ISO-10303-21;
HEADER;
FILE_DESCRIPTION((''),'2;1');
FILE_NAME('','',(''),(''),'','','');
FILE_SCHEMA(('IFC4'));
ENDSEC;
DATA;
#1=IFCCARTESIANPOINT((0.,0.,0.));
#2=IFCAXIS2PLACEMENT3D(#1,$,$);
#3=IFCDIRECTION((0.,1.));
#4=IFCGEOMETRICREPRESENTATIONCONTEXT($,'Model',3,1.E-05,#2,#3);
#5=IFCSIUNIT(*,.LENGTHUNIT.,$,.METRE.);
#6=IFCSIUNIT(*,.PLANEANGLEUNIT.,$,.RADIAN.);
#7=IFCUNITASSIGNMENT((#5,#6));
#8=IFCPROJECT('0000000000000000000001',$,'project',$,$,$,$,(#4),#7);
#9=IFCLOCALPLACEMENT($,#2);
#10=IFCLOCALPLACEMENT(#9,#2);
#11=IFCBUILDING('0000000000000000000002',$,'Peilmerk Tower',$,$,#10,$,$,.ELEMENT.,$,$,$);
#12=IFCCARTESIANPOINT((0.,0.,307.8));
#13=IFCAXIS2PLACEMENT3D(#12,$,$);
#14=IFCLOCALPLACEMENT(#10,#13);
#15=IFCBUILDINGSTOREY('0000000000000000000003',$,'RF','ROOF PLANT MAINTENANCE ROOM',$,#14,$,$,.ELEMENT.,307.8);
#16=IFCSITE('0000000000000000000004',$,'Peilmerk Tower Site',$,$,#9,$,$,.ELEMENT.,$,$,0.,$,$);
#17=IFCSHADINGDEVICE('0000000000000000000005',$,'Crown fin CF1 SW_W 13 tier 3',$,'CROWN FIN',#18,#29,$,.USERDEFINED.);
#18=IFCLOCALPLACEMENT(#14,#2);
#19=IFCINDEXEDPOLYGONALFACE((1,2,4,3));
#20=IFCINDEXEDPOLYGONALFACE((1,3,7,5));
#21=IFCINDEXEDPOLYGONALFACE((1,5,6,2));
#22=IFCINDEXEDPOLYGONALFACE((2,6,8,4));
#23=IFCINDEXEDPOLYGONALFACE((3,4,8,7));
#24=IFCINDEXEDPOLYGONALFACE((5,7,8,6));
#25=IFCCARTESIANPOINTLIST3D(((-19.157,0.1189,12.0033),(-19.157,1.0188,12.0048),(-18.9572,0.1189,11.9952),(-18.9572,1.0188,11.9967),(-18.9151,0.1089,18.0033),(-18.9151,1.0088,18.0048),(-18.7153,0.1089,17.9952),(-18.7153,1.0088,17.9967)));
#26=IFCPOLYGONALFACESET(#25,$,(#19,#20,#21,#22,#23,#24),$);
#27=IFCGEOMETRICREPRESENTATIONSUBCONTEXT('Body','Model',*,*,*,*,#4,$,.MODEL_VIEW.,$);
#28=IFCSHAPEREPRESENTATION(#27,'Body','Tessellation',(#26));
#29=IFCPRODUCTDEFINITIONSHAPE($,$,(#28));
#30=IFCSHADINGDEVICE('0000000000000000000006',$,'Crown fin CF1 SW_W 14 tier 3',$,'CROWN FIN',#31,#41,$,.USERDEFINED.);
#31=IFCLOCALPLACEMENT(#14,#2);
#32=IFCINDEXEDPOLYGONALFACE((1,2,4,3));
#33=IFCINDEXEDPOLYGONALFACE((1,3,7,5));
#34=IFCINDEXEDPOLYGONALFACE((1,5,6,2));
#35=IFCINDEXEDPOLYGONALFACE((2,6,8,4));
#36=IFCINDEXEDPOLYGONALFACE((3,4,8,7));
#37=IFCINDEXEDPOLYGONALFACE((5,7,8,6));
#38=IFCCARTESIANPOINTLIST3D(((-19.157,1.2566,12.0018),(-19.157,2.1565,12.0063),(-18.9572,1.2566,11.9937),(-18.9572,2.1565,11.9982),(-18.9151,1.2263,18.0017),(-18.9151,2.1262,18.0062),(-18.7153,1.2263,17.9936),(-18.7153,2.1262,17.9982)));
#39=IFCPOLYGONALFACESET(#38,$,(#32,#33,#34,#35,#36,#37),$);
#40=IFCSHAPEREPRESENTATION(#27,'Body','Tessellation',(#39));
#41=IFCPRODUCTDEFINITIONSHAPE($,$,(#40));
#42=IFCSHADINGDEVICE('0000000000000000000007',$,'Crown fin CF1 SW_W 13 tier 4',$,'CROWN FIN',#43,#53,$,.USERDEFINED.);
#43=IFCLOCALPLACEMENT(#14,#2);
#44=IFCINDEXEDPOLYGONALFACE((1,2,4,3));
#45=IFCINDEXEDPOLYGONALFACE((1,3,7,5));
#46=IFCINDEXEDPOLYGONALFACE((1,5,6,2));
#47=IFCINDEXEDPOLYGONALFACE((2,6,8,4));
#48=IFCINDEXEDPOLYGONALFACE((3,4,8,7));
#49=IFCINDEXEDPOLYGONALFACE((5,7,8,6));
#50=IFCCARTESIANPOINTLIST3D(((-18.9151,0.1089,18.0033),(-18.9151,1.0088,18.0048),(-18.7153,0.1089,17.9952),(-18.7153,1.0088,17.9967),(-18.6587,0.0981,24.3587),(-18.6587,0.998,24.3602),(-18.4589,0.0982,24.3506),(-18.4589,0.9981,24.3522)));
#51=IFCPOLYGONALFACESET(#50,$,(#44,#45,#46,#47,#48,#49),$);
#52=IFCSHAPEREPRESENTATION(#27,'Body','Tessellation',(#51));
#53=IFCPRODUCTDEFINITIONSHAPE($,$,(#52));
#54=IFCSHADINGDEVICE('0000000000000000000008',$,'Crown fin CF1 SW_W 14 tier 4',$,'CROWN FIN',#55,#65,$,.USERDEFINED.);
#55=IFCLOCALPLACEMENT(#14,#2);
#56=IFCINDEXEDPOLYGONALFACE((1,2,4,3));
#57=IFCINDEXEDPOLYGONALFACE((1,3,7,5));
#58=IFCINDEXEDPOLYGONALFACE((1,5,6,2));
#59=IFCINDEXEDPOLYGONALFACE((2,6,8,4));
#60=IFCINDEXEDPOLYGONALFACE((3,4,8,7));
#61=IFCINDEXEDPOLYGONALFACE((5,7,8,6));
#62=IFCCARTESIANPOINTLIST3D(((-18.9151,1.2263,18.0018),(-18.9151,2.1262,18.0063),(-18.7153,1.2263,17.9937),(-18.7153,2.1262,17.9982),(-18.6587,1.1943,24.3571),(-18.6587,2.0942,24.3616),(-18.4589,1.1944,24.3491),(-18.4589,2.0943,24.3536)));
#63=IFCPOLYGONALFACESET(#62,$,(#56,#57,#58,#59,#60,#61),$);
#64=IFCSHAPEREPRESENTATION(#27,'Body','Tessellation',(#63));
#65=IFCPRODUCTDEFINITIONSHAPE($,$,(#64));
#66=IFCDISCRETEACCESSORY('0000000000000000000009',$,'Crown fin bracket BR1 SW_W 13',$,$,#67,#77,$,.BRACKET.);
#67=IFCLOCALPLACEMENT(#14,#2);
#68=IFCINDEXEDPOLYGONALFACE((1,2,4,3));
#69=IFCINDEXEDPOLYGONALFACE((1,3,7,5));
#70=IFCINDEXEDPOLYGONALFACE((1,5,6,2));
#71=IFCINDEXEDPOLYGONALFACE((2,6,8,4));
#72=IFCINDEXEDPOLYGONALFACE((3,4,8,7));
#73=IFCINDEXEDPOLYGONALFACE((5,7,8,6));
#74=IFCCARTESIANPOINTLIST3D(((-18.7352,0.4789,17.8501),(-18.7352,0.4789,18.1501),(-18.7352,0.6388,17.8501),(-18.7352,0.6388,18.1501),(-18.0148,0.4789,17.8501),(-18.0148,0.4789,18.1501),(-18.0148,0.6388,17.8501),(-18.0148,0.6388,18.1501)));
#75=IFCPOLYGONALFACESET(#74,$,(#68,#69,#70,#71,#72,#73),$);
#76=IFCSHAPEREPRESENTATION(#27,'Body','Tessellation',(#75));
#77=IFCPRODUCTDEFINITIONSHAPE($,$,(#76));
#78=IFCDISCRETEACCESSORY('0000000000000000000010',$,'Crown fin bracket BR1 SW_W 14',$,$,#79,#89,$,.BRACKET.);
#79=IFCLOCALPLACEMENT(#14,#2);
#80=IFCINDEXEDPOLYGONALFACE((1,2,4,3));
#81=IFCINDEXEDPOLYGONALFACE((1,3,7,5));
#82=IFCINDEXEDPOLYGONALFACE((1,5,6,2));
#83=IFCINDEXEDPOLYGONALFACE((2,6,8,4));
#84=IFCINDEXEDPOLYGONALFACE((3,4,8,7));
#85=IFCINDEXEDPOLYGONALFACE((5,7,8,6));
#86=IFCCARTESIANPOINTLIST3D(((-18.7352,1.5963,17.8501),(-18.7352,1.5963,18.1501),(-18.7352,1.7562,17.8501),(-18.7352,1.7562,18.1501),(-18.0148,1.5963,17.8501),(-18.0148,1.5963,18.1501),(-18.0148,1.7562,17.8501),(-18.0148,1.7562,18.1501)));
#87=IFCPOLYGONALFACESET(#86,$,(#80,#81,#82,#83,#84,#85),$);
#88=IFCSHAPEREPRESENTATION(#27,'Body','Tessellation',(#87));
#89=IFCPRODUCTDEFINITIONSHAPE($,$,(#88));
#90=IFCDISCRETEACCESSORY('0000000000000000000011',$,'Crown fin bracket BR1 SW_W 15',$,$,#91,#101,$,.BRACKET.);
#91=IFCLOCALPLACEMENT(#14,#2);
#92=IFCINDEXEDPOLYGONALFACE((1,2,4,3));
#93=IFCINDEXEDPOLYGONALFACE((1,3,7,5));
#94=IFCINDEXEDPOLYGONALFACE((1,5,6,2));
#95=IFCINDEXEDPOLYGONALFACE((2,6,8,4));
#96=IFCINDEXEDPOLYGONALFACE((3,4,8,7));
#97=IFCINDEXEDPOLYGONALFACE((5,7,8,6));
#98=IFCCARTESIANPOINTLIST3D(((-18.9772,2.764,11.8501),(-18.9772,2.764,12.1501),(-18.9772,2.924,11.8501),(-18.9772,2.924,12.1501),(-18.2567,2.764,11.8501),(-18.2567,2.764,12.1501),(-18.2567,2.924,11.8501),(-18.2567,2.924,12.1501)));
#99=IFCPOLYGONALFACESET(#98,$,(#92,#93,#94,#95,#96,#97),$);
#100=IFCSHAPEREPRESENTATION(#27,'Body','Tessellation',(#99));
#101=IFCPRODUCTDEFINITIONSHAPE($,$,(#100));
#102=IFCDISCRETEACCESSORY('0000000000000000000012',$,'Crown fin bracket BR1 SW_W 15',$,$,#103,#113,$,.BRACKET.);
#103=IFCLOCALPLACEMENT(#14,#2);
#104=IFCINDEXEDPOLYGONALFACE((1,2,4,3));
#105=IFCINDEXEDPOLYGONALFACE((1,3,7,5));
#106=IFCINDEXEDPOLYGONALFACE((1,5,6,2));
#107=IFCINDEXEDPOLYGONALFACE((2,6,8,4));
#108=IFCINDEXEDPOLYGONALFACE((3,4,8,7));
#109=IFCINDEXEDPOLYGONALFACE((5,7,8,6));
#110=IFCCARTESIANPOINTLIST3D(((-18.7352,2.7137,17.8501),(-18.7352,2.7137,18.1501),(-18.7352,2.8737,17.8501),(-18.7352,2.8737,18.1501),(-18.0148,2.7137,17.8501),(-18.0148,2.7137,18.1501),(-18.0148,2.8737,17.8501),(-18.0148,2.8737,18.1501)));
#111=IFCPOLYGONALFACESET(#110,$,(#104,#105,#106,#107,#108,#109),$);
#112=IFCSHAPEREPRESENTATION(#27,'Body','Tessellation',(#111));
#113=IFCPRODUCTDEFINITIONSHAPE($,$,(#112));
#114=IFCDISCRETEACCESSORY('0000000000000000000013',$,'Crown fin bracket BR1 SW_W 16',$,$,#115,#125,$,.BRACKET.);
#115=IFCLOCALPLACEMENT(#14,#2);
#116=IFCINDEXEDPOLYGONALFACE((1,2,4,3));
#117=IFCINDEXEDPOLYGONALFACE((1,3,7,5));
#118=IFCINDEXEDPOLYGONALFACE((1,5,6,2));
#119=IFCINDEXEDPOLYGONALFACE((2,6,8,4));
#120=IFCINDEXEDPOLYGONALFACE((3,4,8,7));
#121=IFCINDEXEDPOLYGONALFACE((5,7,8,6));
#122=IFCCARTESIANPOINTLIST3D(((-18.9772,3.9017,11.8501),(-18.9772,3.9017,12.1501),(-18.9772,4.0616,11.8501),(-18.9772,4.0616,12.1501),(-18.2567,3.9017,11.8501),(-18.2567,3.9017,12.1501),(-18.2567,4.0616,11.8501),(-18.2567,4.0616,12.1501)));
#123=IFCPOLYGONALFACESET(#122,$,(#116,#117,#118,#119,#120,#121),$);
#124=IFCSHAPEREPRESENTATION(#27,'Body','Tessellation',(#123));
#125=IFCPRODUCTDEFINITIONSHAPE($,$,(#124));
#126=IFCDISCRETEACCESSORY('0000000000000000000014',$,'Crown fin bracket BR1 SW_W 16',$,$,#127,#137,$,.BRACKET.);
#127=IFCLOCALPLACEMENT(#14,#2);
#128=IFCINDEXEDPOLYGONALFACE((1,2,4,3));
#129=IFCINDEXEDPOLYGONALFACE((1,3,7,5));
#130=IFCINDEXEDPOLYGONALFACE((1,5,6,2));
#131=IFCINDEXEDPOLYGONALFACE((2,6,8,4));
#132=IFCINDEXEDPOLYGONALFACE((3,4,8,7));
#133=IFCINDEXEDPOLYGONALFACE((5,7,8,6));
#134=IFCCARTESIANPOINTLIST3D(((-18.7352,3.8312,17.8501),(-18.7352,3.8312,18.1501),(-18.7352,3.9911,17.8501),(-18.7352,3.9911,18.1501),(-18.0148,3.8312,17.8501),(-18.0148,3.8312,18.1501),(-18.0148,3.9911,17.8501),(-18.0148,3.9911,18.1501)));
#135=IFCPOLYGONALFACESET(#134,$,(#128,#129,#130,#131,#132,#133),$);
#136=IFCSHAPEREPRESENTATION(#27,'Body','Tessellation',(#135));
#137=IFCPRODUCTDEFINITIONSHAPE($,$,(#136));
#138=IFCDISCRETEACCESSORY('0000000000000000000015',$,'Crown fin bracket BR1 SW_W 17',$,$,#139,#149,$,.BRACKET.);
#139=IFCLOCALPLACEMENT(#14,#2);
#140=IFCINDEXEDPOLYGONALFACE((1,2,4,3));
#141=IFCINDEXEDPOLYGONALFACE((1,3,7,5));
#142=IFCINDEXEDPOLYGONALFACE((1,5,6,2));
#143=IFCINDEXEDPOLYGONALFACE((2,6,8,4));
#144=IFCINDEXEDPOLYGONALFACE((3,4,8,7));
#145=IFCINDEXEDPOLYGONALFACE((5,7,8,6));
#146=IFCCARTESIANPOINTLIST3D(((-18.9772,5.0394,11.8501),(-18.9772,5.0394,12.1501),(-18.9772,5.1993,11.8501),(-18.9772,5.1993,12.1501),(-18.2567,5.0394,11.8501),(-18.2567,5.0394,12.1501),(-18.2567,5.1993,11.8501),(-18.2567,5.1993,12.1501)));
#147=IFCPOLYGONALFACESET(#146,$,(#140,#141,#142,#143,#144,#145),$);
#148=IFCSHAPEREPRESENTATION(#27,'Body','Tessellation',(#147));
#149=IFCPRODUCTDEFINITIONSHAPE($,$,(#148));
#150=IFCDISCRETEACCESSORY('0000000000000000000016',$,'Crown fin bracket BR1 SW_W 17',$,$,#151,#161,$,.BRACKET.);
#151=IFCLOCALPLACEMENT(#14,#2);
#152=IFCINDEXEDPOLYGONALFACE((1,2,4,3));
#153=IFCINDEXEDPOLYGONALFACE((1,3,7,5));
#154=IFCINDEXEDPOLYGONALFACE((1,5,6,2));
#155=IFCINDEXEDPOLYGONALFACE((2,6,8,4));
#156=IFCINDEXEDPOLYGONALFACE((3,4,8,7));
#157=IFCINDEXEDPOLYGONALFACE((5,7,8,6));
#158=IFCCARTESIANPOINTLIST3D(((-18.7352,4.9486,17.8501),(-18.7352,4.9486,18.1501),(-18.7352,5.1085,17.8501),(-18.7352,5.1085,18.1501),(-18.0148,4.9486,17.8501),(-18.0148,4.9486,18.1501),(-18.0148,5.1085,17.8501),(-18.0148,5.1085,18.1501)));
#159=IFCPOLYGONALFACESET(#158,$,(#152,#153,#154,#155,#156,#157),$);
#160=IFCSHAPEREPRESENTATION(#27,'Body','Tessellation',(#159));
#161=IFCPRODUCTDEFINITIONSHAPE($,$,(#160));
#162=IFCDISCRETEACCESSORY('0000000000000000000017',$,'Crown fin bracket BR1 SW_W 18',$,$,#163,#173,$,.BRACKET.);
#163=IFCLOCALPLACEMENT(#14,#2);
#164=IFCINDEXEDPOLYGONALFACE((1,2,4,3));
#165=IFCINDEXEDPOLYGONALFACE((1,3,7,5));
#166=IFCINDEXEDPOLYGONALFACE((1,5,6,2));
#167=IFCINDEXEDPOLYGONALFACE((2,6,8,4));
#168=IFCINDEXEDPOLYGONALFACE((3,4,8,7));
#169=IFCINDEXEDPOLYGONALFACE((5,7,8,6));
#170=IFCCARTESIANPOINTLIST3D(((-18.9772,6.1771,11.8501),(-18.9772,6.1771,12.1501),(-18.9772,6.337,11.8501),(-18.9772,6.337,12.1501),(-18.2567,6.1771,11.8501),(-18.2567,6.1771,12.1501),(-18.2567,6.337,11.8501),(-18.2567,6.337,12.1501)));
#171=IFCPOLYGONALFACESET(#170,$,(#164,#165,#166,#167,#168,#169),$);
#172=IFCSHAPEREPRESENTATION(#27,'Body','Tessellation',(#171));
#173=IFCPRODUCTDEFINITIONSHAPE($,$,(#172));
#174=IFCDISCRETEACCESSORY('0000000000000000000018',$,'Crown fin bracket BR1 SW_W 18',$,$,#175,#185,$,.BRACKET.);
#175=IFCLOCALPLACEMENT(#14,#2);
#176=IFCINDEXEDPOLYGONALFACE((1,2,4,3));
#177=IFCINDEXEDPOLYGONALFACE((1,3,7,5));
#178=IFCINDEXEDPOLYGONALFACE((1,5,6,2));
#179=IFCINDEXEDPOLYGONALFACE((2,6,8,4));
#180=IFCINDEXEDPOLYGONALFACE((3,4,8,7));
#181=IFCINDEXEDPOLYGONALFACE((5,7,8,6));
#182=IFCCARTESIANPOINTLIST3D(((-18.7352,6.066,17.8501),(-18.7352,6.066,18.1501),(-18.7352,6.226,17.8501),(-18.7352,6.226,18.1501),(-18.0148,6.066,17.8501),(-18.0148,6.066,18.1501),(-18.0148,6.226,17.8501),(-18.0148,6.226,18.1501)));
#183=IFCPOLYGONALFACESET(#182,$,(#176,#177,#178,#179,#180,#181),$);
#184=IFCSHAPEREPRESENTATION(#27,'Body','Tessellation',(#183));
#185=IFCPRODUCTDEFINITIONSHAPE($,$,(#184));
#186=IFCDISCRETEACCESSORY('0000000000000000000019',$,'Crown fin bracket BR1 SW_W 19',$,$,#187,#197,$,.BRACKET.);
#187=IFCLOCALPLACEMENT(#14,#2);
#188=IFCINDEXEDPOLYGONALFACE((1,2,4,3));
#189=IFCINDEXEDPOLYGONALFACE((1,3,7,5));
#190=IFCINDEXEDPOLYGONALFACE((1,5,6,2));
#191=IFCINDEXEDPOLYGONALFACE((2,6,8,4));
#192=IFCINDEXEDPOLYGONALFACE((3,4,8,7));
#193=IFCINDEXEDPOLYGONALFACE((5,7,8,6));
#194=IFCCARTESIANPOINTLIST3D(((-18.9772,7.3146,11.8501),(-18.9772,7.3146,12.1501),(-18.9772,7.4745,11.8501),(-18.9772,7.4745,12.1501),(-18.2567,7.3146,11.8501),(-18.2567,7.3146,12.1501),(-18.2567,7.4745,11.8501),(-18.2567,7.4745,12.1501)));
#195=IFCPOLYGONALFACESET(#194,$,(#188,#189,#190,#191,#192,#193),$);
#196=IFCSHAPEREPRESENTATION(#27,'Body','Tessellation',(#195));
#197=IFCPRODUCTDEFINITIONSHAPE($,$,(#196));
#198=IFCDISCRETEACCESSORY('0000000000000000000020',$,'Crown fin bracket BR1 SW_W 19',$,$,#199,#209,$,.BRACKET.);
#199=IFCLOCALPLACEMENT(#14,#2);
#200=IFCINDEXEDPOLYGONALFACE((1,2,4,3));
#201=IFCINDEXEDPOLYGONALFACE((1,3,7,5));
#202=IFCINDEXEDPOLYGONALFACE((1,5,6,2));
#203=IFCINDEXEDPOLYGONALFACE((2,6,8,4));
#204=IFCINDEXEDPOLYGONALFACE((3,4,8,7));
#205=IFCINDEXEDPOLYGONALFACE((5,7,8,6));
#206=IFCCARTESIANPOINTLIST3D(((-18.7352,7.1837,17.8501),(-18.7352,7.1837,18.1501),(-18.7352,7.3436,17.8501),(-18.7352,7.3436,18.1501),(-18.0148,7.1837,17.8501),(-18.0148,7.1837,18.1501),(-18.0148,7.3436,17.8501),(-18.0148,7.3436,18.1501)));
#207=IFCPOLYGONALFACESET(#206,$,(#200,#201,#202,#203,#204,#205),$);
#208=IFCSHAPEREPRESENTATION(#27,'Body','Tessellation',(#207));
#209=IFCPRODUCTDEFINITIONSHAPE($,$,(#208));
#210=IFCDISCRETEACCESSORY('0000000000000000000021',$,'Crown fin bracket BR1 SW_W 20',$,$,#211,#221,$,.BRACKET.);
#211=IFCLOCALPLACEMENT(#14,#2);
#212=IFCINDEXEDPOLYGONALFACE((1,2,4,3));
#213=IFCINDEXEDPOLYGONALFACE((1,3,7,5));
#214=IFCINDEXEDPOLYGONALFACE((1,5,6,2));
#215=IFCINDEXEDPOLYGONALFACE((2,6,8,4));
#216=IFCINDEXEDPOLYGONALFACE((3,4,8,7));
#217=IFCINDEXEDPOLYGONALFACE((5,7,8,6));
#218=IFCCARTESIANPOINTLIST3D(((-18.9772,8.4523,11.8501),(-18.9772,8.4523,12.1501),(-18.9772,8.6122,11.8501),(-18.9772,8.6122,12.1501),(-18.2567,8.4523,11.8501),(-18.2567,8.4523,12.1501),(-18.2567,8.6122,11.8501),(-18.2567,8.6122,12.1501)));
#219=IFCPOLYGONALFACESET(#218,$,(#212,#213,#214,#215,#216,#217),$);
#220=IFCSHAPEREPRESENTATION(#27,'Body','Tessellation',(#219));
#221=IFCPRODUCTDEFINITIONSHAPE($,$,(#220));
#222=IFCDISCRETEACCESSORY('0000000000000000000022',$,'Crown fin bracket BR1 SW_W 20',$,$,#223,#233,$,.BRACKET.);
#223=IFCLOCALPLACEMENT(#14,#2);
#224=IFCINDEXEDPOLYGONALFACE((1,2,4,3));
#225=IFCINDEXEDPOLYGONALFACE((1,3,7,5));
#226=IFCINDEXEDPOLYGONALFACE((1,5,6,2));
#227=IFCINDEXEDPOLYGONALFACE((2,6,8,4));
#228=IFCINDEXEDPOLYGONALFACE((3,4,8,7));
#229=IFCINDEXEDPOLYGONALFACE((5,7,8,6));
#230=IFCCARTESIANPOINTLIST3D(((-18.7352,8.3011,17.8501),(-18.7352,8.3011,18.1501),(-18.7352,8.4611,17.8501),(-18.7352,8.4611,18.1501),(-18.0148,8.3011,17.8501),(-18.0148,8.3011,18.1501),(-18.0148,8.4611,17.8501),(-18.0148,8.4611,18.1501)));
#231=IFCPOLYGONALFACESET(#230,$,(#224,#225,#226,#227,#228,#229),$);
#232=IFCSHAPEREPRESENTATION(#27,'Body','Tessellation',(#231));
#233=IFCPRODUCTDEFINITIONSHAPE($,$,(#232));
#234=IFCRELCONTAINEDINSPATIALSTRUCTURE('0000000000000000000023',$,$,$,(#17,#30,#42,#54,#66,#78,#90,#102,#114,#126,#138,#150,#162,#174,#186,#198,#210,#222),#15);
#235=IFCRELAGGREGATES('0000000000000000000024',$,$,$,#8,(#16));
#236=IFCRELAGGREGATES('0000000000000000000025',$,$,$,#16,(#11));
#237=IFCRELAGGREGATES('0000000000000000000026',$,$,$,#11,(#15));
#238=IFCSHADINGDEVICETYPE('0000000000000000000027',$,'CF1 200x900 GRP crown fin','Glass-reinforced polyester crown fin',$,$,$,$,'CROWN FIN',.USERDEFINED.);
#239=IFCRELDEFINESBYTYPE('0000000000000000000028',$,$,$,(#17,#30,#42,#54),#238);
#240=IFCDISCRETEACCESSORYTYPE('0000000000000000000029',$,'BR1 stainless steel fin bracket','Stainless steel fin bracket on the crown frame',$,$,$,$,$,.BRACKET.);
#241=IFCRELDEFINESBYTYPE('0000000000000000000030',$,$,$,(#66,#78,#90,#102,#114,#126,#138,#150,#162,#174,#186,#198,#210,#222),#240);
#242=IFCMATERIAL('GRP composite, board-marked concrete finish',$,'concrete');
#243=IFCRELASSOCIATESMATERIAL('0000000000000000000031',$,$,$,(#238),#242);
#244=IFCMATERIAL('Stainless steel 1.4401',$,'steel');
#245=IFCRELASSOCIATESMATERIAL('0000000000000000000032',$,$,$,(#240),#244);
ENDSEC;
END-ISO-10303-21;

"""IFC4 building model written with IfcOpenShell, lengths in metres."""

from ifc_helpers import new_model, si_unit, direction, frame, origin, origin_2d, place, context, subcontext, project, spatial, rectangle, extrude, source, transform, mapped, material, material_profile, profile_set, type_object, element, save


model = new_model("IFC4")

# Units and contexts
model_context = context("Model", 3, precision=1e-05, world=origin(), true_north=direction((0.0, 1.0)))
body_context = subcontext(model_context, "Body", "Model", "MODEL_VIEW")
ifc_project = project(units=[si_unit("LENGTHUNIT", "METRE"), si_unit("PLANEANGLEUNIT", "RADIAN")], contexts=[model_context])

# Site, building, storey
site_placement = place(None, origin())
site = spatial("IfcSite", under=ifc_project, at=site_placement, Name="Peilmerk Tower Site", CompositionType="ELEMENT", RefElevation=0.0)
building_placement = place(site_placement, origin())
building = spatial("IfcBuilding", under=site, at=building_placement, Name="Peilmerk Tower", CompositionType="ELEMENT")
storey_placement = place(building_placement, frame((0.0, 0.0, 307.8)))
storey = spatial("IfcBuildingStorey", under=building, at=storey_placement, Name="RF", Description="ROOF PLANT MAINTENANCE ROOM", CompositionType="ELEMENT", Elevation=307.8)

# Shading devices
ifc_material_1 = material(Name="GRP composite, board-marked concrete finish", Category="concrete")
ifc_material_profile = material_profile(ifc_material_1, rectangle(XDim=0.2, YDim=0.8999, at=origin_2d()), Name="CF1 200x900")
ifc_profile_set = profile_set([ifc_material_profile], Name="GRP composite, board-marked concrete finish")
shading_device_type = type_object("IfcShadingDeviceType", Name="CF1 200x900 GRP crown fin", Description="Glass-reinforced polyester crown fin", ElementType="CROWN FIN", PredefinedType="USERDEFINED", material=ifc_profile_set)
shared_shape_1 = source(origin(), body_context, "Body", "SweptSolid", [
    extrude(rectangle(XDim=0.2, YDim=0.8999, at=origin_2d()), origin(), (0.0, 0.0, 1.0), 6.0049),
])
for number, where, z_axis, x_axis, name in (
    (1, (-19.0571, 0.5688, 12.0), (0.040291, -0.001667, 0.999187), (-0.999188, -0.000067, 0.040291), "Crown fin CF1 SW_W 13 tier 3"),
    (2, (-19.0571, 1.7065, 12.0), (0.040291, -0.005041, 0.999175), (-0.999188, -0.000203, 0.04029), "Crown fin CF1 SW_W 14 tier 3"),
):
    element("IfcShadingDevice", number, at=place(storey_placement, frame(where, z_axis=z_axis, x_axis=x_axis)), inside=storey, type_object=shading_device_type, Name=name, ObjectType="CROWN FIN", PredefinedType="USERDEFINED", context=body_context, shape_type="MappedRepresentation", body=[
        mapped(shared_shape_1, transform((0.0, 0.0, 0.0), scale=1.0)),
    ])
shared_shape_2 = source(origin(), body_context, "Body", "SweptSolid", [
    extrude(rectangle(XDim=0.2, YDim=0.8999, at=origin_2d()), origin(), (0.0, 0.0, 1.0), 6.3606),
])
for number, where, z_axis, x_axis, name in (
    (3, (-18.8152, 0.5588, 18.0), (0.040302, -0.001689, 0.999186), (-0.999188, -0.000068, 0.040302), "Crown fin CF1 SW_W 13 tier 4"),
    (4, (-18.8152, 1.6763, 18.0), (0.040302, -0.005028, 0.999175), (-0.999188, -0.000203, 0.040301), "Crown fin CF1 SW_W 14 tier 4"),
):
    element("IfcShadingDevice", number, at=place(storey_placement, frame(where, z_axis=z_axis, x_axis=x_axis)), inside=storey, type_object=shading_device_type, Name=name, ObjectType="CROWN FIN", PredefinedType="USERDEFINED", context=body_context, shape_type="MappedRepresentation", body=[
        mapped(shared_shape_2, transform((0.0, 0.0, 0.0), scale=1.0)),
    ])

# Discrete accessories
ifc_material_2 = material(Name="Stainless steel 1.4401", Category="steel")
discrete_accessory_type = type_object("IfcDiscreteAccessoryType", Name="BR1 stainless steel fin bracket", Description="Stainless steel fin bracket on the crown frame", PredefinedType="BRACKET", material=ifc_material_2)
shared_shape_3 = source(origin(), body_context, "Body", "SweptSolid", [
    extrude(rectangle(XDim=0.7205, YDim=0.1599, at=origin_2d()), origin(), (0.0, 0.0, 1.0), 0.3),
])
for number, where, z_axis, x_axis, name in (
    (5, (-18.375, 0.5588, 17.8501), (0.0, 0.0, 1.0), (-1.0, 0.0, 0.0), "Crown fin bracket BR1 SW_W 13"),
    (6, (-18.375, 1.6763, 17.8501), (0.0, 0.0, 1.0), (-1.0, 0.0, 0.0), "Crown fin bracket BR1 SW_W 14"),
    (7, (-18.6169, 2.844, 11.8501), (0.0, 0.0, 1.0), (-1.0, 0.0, 0.0), "Crown fin bracket BR1 SW_W 15"),
    (8, (-18.375, 2.7937, 17.8501), (0.0, 0.0, 1.0), (-1.0, 0.0, 0.0), "Crown fin bracket BR1 SW_W 15"),
    (9, (-18.6169, 3.9817, 11.8501), (0.0, 0.0, 1.0), (-1.0, 0.0, 0.0), "Crown fin bracket BR1 SW_W 16"),
    (10, (-18.375, 3.9111, 17.8501), (0.0, 0.0, 1.0), (-1.0, 0.0, 0.0), "Crown fin bracket BR1 SW_W 16"),
    (11, (-18.6169, 5.1194, 11.8501), (0.0, 0.0, 1.0), (-1.0, 0.0, 0.0), "Crown fin bracket BR1 SW_W 17"),
    (12, (-18.375, 5.0286, 17.8501), (0.0, 0.0, 1.0), (-1.0, 0.0, 0.0), "Crown fin bracket BR1 SW_W 17"),
    (13, (-18.6169, 6.2571, 11.8501), (0.0, 0.0, 1.0), (-1.0, 0.0, 0.0), "Crown fin bracket BR1 SW_W 18"),
    (14, (-18.375, 6.146, 17.8501), (0.0, 0.0, 1.0), (-1.0, 0.0, 0.0), "Crown fin bracket BR1 SW_W 18"),
    (15, (-18.6169, 7.3945, 11.8501), (0.0, 0.0, 1.0), (-1.0, 0.0, 0.0), "Crown fin bracket BR1 SW_W 19"),
    (16, (-18.375, 7.2637, 17.8501), (0.0, 0.0, 1.0), (-1.0, 0.0, 0.0), "Crown fin bracket BR1 SW_W 19"),
    (17, (-18.6169, 8.5322, 11.8501), (0.0, 0.0, 1.0), (-1.0, 0.0, 0.0), "Crown fin bracket BR1 SW_W 20"),
    (18, (-18.375, 8.3811, 17.8501), (0.0, 0.0, 1.0), (-1.0, 0.0, 0.0), "Crown fin bracket BR1 SW_W 20"),
):
    element("IfcDiscreteAccessory", number, at=place(storey_placement, frame(where, z_axis=z_axis, x_axis=x_axis)), inside=storey, type_object=discrete_accessory_type, Name=name, PredefinedType="BRACKET", context=body_context, shape_type="MappedRepresentation", body=[
        mapped(shared_shape_3, transform((0.0, 0.0, 0.0), scale=1.0)),
    ])

save(model, "model.ifc")
